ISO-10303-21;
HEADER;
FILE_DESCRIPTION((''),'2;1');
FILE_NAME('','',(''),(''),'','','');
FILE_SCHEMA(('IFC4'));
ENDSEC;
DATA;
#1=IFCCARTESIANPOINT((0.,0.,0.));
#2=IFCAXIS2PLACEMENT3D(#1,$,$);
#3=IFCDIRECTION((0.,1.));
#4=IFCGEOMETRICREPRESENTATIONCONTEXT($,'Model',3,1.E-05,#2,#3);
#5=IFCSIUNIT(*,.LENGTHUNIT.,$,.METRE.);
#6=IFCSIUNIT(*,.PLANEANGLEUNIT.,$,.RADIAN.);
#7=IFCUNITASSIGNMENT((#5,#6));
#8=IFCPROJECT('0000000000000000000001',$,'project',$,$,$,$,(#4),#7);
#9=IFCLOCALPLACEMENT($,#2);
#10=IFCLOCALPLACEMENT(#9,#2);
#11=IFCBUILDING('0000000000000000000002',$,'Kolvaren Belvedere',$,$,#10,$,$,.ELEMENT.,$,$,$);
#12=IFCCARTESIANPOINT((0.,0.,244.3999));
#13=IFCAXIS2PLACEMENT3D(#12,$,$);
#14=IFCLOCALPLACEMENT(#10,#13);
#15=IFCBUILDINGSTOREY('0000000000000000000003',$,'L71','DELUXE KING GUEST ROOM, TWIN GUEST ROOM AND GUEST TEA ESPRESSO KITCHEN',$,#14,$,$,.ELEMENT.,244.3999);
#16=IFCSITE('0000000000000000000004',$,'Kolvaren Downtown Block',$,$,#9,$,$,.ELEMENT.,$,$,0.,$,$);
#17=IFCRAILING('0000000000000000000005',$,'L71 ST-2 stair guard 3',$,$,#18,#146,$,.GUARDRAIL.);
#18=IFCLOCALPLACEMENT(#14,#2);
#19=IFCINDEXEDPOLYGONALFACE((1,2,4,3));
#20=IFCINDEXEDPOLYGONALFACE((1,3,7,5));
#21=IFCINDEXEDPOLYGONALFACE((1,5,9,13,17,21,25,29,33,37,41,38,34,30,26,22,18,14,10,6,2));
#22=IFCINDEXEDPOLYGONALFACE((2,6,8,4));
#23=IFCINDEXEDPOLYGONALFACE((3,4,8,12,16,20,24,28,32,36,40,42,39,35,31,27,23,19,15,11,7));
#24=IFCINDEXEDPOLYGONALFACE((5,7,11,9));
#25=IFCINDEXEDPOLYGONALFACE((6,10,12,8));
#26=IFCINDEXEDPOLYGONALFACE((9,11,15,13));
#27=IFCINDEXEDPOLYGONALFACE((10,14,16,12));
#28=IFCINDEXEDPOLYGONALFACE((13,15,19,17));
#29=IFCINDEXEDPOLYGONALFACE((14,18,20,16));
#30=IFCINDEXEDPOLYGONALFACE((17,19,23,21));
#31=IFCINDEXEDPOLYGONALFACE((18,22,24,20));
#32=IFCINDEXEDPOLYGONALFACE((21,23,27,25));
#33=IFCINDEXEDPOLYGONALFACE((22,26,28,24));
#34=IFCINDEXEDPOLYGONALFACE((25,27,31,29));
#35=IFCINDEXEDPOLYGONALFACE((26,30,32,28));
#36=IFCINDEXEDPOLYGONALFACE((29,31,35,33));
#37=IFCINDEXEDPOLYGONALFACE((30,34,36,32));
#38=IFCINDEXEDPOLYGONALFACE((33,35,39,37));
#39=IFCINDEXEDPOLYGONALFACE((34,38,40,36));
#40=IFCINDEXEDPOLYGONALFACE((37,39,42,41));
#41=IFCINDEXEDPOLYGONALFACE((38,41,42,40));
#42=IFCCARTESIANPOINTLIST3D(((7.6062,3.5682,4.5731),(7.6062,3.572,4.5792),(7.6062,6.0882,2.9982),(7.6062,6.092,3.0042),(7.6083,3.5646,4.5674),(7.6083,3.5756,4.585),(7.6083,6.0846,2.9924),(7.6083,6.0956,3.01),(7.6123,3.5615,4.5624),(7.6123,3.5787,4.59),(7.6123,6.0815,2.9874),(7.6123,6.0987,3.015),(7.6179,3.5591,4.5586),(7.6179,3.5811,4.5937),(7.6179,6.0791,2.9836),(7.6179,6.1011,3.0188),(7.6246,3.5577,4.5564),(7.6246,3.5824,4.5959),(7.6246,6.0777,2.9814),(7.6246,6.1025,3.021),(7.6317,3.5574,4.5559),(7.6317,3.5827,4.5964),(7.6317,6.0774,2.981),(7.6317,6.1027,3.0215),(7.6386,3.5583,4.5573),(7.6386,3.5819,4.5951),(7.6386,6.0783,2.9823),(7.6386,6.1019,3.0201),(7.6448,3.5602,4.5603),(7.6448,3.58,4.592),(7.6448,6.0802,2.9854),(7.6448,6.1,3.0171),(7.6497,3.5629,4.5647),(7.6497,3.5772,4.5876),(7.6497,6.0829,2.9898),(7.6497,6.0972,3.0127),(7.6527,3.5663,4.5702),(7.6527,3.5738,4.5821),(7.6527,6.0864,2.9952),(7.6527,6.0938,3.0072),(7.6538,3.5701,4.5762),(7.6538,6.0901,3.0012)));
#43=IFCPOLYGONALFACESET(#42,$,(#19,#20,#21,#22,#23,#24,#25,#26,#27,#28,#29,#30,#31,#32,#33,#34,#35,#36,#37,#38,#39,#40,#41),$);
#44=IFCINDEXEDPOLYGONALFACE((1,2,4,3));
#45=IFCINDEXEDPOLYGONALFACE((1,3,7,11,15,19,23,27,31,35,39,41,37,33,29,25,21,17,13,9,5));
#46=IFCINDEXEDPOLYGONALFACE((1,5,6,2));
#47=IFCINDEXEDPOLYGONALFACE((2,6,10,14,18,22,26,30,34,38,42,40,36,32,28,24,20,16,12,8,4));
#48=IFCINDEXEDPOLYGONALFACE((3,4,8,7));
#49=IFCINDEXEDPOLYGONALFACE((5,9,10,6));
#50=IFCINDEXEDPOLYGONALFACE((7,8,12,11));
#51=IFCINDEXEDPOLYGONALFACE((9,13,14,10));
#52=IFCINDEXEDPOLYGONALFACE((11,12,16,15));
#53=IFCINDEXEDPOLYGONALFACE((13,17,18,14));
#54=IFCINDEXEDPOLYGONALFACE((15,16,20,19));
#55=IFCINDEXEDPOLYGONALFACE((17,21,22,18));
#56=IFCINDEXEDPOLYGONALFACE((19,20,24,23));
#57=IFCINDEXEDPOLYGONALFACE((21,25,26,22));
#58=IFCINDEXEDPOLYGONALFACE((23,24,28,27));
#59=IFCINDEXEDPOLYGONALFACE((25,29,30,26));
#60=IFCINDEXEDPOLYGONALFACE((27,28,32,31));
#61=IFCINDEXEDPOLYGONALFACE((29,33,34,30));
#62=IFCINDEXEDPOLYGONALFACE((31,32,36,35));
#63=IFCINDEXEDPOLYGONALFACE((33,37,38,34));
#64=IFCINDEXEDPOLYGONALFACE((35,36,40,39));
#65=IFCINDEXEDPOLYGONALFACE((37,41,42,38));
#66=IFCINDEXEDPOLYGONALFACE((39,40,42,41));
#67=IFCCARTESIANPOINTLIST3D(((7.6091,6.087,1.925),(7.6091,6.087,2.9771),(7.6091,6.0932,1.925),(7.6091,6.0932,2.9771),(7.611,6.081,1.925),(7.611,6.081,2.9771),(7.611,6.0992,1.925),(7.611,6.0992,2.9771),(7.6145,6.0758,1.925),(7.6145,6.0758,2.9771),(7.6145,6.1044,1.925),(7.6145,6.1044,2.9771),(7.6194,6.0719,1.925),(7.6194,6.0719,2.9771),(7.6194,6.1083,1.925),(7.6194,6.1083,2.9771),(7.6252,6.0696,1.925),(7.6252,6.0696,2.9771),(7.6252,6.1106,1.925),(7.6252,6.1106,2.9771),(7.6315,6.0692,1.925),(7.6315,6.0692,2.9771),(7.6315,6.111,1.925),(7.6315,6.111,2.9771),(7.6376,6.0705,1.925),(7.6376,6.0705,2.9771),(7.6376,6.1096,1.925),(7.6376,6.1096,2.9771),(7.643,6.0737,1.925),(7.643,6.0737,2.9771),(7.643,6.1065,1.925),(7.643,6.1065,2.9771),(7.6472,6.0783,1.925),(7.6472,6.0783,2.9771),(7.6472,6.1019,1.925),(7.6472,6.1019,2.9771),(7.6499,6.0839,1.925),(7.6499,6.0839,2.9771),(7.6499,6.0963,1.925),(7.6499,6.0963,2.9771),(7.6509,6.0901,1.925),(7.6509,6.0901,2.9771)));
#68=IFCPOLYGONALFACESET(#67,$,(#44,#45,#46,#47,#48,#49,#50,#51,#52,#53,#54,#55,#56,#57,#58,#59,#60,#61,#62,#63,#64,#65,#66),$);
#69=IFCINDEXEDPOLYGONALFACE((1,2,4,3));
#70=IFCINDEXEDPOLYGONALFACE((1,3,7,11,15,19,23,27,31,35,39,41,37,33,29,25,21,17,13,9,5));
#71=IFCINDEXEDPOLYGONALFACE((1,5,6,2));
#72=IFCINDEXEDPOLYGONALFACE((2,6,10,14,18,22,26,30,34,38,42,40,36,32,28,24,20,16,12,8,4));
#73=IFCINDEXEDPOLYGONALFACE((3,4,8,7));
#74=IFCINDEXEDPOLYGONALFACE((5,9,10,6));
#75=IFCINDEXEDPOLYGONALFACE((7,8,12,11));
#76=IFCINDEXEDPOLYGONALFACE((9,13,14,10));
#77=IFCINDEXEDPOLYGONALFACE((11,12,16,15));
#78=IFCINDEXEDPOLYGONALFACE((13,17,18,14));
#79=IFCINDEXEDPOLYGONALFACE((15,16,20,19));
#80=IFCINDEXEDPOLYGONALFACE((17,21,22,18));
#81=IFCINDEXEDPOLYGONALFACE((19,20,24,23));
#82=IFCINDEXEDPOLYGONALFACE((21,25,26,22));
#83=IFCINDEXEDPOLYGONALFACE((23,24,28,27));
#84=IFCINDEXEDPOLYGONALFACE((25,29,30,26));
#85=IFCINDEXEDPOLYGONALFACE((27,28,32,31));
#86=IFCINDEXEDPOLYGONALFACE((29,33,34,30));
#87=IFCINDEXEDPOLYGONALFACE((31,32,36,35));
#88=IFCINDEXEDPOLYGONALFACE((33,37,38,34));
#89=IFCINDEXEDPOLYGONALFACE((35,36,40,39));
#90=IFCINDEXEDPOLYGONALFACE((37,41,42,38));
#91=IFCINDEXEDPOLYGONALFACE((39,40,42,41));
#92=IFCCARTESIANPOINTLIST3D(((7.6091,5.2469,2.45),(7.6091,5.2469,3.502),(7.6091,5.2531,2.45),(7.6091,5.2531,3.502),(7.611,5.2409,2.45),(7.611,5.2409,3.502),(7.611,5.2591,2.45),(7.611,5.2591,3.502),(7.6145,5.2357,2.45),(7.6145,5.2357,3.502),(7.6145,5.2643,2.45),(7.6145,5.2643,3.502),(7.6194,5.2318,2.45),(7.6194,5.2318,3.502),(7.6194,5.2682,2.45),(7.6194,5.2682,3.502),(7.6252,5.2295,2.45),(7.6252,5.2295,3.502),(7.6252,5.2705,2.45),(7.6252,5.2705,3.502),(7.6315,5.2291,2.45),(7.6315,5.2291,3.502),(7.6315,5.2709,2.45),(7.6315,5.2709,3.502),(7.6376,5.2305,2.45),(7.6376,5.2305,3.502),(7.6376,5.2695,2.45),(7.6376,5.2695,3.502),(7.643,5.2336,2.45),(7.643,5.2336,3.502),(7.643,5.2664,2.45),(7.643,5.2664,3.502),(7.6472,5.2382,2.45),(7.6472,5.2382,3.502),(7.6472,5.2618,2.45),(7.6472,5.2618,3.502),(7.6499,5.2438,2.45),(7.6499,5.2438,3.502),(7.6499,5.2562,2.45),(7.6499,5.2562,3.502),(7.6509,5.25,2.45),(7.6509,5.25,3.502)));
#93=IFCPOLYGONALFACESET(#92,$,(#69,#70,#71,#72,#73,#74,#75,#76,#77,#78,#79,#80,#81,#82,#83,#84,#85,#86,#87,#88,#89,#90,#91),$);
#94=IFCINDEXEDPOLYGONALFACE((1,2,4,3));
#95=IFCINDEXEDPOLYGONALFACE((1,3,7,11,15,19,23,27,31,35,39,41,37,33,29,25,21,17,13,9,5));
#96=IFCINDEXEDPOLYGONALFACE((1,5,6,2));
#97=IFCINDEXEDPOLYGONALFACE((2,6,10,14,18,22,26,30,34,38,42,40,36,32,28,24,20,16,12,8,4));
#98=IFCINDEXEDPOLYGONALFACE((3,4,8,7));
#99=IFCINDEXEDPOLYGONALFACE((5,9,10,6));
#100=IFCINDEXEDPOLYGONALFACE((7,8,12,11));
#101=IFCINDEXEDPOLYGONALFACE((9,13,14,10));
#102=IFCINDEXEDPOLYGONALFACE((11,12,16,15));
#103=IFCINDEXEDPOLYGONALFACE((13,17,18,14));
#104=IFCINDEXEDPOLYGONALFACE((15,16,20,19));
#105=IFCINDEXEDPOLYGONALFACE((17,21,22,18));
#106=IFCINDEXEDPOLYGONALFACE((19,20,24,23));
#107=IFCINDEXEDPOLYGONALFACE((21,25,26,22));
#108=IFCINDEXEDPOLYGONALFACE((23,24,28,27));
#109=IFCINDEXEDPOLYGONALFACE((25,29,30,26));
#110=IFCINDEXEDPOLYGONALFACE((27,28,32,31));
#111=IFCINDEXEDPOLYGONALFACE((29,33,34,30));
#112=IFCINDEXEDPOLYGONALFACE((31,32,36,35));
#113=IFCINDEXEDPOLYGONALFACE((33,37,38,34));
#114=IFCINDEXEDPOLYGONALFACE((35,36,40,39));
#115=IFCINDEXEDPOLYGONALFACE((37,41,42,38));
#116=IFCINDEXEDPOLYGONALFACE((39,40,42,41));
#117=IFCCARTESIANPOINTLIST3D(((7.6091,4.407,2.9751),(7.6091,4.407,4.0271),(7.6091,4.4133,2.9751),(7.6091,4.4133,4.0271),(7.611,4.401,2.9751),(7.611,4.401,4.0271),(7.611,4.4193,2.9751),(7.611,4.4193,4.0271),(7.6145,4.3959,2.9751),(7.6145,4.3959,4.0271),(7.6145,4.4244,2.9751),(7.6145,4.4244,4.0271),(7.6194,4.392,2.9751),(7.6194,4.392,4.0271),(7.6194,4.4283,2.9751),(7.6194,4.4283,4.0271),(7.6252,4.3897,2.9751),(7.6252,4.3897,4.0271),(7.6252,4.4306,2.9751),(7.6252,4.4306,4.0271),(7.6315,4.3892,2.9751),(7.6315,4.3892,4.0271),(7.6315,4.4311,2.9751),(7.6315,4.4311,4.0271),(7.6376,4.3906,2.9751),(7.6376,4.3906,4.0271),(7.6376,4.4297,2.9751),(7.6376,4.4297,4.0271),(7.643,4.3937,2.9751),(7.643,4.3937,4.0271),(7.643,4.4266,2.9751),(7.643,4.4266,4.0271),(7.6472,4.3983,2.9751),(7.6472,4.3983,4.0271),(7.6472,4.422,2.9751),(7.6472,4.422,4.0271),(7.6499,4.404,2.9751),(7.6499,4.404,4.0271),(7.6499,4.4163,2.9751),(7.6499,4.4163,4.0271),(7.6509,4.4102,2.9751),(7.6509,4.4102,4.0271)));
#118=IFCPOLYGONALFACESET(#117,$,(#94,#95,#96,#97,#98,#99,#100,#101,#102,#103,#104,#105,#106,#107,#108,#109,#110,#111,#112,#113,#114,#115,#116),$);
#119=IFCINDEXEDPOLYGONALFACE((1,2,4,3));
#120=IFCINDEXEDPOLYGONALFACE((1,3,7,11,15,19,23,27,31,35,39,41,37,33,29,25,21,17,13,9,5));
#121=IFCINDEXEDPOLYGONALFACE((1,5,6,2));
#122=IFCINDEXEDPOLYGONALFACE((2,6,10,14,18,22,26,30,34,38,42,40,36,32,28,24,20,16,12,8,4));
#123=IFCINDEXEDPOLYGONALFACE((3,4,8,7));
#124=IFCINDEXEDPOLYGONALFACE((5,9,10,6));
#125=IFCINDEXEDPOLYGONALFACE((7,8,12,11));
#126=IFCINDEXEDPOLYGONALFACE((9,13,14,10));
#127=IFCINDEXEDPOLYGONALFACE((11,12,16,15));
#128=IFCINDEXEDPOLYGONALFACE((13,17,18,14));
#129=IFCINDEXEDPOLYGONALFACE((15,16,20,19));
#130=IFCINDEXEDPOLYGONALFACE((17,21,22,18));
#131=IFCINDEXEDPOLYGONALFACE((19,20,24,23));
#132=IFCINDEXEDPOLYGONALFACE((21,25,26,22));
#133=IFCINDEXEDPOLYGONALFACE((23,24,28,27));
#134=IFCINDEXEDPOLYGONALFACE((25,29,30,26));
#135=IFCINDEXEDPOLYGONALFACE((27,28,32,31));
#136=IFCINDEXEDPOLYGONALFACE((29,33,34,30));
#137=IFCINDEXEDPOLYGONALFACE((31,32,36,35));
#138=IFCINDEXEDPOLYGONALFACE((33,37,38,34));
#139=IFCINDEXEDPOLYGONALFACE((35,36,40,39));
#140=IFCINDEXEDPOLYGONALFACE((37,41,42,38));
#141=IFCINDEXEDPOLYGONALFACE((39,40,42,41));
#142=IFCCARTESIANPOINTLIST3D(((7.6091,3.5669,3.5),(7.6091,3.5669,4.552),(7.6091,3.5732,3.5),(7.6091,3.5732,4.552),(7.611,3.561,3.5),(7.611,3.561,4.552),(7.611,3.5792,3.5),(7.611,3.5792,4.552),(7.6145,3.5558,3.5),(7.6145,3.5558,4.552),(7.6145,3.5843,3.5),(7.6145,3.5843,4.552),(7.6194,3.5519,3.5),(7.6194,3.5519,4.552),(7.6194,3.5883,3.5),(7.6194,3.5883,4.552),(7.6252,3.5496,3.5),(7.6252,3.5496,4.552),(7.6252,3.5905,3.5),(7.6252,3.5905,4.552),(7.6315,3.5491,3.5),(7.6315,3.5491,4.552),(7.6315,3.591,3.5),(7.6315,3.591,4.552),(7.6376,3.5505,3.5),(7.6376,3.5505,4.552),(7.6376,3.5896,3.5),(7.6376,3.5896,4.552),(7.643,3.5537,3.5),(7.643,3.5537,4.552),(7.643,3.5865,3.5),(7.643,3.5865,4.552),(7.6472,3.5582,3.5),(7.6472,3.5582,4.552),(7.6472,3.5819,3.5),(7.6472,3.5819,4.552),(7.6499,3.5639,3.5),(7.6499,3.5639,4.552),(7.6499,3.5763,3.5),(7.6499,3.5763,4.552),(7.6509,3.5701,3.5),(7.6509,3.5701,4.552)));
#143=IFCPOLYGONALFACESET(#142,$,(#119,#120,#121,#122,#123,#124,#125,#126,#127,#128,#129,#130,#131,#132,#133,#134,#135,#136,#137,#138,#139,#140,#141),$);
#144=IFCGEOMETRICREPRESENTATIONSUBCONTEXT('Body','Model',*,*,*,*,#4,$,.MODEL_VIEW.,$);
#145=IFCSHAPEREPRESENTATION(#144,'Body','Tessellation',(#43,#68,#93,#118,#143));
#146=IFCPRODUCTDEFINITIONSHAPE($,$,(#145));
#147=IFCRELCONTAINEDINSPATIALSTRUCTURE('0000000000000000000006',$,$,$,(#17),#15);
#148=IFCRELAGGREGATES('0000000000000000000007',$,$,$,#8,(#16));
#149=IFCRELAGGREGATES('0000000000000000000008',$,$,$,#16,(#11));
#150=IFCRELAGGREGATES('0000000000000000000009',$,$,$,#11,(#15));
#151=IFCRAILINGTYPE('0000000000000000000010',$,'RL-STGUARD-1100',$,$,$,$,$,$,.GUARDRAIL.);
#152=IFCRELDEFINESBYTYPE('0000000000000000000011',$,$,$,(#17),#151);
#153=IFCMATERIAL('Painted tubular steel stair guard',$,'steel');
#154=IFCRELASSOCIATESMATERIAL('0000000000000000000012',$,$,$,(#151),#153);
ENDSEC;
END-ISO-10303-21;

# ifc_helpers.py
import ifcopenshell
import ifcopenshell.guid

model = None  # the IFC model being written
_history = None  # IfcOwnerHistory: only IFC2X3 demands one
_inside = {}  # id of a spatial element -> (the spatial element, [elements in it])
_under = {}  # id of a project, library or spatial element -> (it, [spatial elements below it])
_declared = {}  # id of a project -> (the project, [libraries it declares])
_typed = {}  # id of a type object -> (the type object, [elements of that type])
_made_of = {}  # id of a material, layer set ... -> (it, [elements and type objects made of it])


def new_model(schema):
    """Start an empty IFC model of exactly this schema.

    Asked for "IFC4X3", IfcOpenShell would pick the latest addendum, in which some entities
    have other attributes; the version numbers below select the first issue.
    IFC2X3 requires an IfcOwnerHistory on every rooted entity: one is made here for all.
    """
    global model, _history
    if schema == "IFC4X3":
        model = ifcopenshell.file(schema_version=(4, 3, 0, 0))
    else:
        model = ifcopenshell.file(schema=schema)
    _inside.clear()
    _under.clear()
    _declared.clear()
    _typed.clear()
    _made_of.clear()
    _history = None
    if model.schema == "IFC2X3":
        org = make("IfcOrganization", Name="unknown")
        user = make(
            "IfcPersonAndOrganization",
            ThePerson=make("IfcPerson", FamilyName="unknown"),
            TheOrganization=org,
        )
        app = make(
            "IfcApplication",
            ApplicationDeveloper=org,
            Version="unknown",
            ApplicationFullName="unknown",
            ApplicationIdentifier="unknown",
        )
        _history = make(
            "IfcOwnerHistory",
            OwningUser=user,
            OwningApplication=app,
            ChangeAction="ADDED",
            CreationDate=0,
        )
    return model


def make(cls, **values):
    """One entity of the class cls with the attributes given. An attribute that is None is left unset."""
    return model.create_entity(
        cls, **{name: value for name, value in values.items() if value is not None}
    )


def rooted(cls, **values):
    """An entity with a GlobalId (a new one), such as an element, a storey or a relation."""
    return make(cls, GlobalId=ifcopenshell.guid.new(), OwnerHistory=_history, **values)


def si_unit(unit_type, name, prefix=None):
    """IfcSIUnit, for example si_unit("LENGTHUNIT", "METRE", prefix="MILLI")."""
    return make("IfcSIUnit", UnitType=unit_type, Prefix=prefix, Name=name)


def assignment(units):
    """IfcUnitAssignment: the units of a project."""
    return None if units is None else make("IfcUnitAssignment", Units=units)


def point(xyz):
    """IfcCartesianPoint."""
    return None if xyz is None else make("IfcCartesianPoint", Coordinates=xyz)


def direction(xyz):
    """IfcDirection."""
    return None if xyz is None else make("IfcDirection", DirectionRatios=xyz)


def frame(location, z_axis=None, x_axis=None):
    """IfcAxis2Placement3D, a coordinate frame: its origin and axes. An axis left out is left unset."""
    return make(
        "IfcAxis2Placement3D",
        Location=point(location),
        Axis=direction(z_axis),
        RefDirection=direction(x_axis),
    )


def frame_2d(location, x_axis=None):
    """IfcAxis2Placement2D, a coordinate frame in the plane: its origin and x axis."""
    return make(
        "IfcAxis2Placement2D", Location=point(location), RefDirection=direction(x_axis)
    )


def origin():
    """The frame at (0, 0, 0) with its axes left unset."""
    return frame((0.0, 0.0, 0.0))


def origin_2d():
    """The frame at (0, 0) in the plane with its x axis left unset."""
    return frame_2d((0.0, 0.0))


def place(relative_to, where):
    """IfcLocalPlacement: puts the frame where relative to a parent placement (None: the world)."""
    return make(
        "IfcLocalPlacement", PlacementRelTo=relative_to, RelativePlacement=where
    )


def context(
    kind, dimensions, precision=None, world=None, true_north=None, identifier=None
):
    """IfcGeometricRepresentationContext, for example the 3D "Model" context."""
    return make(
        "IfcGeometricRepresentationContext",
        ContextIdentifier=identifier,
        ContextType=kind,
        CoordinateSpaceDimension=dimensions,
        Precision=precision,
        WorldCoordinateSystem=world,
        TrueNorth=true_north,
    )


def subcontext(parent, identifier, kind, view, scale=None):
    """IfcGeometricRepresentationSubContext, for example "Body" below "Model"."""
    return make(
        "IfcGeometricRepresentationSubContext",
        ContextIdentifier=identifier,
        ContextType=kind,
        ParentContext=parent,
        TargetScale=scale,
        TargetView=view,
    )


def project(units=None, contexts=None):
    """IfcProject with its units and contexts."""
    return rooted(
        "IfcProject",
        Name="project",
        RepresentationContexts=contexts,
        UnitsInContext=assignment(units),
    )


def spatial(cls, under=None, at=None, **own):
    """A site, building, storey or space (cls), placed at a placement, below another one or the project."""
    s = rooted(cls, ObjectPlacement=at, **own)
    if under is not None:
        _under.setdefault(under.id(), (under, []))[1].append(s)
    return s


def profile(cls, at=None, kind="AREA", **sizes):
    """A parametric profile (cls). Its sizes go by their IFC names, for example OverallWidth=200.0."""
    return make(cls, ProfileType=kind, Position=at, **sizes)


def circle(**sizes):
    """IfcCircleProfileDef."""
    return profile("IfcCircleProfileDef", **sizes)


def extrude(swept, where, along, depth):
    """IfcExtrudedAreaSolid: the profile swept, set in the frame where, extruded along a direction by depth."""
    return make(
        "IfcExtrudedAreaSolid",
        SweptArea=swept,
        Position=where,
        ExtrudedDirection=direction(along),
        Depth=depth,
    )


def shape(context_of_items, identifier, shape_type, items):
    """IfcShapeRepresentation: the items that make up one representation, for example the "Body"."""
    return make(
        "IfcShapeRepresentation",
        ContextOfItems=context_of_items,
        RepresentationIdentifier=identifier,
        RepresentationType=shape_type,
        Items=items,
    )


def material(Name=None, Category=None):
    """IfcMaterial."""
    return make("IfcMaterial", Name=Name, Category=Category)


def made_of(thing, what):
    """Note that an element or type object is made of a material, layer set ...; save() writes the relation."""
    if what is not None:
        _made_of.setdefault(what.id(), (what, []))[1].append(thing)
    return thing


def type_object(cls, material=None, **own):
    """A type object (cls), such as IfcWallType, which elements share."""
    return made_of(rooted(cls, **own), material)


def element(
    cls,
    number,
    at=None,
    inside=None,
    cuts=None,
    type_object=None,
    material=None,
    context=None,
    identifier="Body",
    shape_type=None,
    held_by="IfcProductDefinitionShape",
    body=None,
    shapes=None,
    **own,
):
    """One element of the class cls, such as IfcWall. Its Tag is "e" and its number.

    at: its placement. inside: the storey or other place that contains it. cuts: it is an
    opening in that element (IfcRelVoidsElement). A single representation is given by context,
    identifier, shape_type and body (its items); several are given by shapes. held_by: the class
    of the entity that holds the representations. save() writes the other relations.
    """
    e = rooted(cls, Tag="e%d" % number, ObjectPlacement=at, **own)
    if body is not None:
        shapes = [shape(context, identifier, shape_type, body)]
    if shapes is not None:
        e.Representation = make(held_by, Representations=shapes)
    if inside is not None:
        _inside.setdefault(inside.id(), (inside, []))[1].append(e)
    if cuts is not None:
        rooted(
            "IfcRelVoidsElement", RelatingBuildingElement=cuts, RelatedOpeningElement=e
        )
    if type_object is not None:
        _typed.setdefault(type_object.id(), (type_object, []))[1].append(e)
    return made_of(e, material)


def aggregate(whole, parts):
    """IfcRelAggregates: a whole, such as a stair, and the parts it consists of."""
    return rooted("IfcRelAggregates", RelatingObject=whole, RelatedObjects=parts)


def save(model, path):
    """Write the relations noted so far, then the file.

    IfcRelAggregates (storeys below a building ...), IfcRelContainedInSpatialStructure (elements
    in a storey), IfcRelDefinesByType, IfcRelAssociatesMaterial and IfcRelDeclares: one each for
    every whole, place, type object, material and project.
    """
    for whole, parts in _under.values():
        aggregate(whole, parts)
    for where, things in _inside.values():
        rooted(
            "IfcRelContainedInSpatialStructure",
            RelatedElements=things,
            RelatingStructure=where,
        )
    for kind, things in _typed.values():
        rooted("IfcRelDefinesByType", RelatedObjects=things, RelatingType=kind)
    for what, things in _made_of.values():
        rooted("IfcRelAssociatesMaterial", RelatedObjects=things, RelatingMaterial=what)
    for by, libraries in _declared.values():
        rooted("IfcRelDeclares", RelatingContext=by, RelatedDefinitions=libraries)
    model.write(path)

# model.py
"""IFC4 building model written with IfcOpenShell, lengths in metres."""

from ifc_helpers import new_model, si_unit, direction, frame, origin, origin_2d, place, context, subcontext, project, spatial, circle, extrude, material, type_object, element, save


model = new_model("IFC4")

# Units and contexts
model_context = context("Model", 3, precision=1e-05, world=origin(), true_north=direction((0.0, 1.0)))
body_context = subcontext(model_context, "Body", "Model", "MODEL_VIEW")
ifc_project = project(units=[si_unit("LENGTHUNIT", "METRE"), si_unit("PLANEANGLEUNIT", "RADIAN")], contexts=[model_context])

# Site, building, storey
site_placement = place(None, origin())
site = spatial("IfcSite", under=ifc_project, at=site_placement, Name="Kolvaren Downtown Block", CompositionType="ELEMENT", RefElevation=0.0)
building_placement = place(site_placement, origin())
building = spatial("IfcBuilding", under=site, at=building_placement, Name="Kolvaren Belvedere", CompositionType="ELEMENT")
storey_placement = place(building_placement, frame((0.0, 0.0, 244.3999)))
storey = spatial("IfcBuildingStorey", under=building, at=storey_placement, Name="L71", Description="DELUXE KING GUEST ROOM, TWIN GUEST ROOM AND GUEST TEA ESPRESSO KITCHEN", CompositionType="ELEMENT", Elevation=244.3999)

# Railing
ifc_material_1 = material(Name="Painted tubular steel stair guard", Category="steel")
railing_type_1 = type_object("IfcRailingType", Name="RL-STGUARD-1100", PredefinedType="GUARDRAIL", material=ifc_material_1)
railing_1_placement = place(storey_placement, frame((7.6299, 6.0901, 1.925)))
element("IfcRailing", 1, at=railing_1_placement, inside=storey, type_object=railing_type_1, Name="L71 ST-2 stair guard 3", PredefinedType="GUARDRAIL", context=body_context, shape_type="SweptSolid", body=[
    extrude(circle(Radius=0.0239, at=origin_2d()), frame((0.0, 0.0, 1.0762), z_axis=(0.0, -0.848008, 0.529984), x_axis=(1.0, 0.0, 0.0)), (0.0, 0.0, 1.0), 2.9717),
    extrude(circle(Radius=0.021, at=origin_2d()), origin(), (0.0, 0.0, 1.0), 1.052),
    extrude(circle(Radius=0.021, at=origin_2d()), frame((0.0, -0.8401, 0.5249)), (0.0, 0.0, 1.0), 1.052),
    extrude(circle(Radius=0.021, at=origin_2d()), frame((0.0, -1.6799, 1.05)), (0.0, 0.0, 1.0), 1.052),
    extrude(circle(Radius=0.021, at=origin_2d()), frame((0.0, -2.52, 1.575)), (0.0, 0.0, 1.0), 1.052),
])

save(model, "model.ifc")
